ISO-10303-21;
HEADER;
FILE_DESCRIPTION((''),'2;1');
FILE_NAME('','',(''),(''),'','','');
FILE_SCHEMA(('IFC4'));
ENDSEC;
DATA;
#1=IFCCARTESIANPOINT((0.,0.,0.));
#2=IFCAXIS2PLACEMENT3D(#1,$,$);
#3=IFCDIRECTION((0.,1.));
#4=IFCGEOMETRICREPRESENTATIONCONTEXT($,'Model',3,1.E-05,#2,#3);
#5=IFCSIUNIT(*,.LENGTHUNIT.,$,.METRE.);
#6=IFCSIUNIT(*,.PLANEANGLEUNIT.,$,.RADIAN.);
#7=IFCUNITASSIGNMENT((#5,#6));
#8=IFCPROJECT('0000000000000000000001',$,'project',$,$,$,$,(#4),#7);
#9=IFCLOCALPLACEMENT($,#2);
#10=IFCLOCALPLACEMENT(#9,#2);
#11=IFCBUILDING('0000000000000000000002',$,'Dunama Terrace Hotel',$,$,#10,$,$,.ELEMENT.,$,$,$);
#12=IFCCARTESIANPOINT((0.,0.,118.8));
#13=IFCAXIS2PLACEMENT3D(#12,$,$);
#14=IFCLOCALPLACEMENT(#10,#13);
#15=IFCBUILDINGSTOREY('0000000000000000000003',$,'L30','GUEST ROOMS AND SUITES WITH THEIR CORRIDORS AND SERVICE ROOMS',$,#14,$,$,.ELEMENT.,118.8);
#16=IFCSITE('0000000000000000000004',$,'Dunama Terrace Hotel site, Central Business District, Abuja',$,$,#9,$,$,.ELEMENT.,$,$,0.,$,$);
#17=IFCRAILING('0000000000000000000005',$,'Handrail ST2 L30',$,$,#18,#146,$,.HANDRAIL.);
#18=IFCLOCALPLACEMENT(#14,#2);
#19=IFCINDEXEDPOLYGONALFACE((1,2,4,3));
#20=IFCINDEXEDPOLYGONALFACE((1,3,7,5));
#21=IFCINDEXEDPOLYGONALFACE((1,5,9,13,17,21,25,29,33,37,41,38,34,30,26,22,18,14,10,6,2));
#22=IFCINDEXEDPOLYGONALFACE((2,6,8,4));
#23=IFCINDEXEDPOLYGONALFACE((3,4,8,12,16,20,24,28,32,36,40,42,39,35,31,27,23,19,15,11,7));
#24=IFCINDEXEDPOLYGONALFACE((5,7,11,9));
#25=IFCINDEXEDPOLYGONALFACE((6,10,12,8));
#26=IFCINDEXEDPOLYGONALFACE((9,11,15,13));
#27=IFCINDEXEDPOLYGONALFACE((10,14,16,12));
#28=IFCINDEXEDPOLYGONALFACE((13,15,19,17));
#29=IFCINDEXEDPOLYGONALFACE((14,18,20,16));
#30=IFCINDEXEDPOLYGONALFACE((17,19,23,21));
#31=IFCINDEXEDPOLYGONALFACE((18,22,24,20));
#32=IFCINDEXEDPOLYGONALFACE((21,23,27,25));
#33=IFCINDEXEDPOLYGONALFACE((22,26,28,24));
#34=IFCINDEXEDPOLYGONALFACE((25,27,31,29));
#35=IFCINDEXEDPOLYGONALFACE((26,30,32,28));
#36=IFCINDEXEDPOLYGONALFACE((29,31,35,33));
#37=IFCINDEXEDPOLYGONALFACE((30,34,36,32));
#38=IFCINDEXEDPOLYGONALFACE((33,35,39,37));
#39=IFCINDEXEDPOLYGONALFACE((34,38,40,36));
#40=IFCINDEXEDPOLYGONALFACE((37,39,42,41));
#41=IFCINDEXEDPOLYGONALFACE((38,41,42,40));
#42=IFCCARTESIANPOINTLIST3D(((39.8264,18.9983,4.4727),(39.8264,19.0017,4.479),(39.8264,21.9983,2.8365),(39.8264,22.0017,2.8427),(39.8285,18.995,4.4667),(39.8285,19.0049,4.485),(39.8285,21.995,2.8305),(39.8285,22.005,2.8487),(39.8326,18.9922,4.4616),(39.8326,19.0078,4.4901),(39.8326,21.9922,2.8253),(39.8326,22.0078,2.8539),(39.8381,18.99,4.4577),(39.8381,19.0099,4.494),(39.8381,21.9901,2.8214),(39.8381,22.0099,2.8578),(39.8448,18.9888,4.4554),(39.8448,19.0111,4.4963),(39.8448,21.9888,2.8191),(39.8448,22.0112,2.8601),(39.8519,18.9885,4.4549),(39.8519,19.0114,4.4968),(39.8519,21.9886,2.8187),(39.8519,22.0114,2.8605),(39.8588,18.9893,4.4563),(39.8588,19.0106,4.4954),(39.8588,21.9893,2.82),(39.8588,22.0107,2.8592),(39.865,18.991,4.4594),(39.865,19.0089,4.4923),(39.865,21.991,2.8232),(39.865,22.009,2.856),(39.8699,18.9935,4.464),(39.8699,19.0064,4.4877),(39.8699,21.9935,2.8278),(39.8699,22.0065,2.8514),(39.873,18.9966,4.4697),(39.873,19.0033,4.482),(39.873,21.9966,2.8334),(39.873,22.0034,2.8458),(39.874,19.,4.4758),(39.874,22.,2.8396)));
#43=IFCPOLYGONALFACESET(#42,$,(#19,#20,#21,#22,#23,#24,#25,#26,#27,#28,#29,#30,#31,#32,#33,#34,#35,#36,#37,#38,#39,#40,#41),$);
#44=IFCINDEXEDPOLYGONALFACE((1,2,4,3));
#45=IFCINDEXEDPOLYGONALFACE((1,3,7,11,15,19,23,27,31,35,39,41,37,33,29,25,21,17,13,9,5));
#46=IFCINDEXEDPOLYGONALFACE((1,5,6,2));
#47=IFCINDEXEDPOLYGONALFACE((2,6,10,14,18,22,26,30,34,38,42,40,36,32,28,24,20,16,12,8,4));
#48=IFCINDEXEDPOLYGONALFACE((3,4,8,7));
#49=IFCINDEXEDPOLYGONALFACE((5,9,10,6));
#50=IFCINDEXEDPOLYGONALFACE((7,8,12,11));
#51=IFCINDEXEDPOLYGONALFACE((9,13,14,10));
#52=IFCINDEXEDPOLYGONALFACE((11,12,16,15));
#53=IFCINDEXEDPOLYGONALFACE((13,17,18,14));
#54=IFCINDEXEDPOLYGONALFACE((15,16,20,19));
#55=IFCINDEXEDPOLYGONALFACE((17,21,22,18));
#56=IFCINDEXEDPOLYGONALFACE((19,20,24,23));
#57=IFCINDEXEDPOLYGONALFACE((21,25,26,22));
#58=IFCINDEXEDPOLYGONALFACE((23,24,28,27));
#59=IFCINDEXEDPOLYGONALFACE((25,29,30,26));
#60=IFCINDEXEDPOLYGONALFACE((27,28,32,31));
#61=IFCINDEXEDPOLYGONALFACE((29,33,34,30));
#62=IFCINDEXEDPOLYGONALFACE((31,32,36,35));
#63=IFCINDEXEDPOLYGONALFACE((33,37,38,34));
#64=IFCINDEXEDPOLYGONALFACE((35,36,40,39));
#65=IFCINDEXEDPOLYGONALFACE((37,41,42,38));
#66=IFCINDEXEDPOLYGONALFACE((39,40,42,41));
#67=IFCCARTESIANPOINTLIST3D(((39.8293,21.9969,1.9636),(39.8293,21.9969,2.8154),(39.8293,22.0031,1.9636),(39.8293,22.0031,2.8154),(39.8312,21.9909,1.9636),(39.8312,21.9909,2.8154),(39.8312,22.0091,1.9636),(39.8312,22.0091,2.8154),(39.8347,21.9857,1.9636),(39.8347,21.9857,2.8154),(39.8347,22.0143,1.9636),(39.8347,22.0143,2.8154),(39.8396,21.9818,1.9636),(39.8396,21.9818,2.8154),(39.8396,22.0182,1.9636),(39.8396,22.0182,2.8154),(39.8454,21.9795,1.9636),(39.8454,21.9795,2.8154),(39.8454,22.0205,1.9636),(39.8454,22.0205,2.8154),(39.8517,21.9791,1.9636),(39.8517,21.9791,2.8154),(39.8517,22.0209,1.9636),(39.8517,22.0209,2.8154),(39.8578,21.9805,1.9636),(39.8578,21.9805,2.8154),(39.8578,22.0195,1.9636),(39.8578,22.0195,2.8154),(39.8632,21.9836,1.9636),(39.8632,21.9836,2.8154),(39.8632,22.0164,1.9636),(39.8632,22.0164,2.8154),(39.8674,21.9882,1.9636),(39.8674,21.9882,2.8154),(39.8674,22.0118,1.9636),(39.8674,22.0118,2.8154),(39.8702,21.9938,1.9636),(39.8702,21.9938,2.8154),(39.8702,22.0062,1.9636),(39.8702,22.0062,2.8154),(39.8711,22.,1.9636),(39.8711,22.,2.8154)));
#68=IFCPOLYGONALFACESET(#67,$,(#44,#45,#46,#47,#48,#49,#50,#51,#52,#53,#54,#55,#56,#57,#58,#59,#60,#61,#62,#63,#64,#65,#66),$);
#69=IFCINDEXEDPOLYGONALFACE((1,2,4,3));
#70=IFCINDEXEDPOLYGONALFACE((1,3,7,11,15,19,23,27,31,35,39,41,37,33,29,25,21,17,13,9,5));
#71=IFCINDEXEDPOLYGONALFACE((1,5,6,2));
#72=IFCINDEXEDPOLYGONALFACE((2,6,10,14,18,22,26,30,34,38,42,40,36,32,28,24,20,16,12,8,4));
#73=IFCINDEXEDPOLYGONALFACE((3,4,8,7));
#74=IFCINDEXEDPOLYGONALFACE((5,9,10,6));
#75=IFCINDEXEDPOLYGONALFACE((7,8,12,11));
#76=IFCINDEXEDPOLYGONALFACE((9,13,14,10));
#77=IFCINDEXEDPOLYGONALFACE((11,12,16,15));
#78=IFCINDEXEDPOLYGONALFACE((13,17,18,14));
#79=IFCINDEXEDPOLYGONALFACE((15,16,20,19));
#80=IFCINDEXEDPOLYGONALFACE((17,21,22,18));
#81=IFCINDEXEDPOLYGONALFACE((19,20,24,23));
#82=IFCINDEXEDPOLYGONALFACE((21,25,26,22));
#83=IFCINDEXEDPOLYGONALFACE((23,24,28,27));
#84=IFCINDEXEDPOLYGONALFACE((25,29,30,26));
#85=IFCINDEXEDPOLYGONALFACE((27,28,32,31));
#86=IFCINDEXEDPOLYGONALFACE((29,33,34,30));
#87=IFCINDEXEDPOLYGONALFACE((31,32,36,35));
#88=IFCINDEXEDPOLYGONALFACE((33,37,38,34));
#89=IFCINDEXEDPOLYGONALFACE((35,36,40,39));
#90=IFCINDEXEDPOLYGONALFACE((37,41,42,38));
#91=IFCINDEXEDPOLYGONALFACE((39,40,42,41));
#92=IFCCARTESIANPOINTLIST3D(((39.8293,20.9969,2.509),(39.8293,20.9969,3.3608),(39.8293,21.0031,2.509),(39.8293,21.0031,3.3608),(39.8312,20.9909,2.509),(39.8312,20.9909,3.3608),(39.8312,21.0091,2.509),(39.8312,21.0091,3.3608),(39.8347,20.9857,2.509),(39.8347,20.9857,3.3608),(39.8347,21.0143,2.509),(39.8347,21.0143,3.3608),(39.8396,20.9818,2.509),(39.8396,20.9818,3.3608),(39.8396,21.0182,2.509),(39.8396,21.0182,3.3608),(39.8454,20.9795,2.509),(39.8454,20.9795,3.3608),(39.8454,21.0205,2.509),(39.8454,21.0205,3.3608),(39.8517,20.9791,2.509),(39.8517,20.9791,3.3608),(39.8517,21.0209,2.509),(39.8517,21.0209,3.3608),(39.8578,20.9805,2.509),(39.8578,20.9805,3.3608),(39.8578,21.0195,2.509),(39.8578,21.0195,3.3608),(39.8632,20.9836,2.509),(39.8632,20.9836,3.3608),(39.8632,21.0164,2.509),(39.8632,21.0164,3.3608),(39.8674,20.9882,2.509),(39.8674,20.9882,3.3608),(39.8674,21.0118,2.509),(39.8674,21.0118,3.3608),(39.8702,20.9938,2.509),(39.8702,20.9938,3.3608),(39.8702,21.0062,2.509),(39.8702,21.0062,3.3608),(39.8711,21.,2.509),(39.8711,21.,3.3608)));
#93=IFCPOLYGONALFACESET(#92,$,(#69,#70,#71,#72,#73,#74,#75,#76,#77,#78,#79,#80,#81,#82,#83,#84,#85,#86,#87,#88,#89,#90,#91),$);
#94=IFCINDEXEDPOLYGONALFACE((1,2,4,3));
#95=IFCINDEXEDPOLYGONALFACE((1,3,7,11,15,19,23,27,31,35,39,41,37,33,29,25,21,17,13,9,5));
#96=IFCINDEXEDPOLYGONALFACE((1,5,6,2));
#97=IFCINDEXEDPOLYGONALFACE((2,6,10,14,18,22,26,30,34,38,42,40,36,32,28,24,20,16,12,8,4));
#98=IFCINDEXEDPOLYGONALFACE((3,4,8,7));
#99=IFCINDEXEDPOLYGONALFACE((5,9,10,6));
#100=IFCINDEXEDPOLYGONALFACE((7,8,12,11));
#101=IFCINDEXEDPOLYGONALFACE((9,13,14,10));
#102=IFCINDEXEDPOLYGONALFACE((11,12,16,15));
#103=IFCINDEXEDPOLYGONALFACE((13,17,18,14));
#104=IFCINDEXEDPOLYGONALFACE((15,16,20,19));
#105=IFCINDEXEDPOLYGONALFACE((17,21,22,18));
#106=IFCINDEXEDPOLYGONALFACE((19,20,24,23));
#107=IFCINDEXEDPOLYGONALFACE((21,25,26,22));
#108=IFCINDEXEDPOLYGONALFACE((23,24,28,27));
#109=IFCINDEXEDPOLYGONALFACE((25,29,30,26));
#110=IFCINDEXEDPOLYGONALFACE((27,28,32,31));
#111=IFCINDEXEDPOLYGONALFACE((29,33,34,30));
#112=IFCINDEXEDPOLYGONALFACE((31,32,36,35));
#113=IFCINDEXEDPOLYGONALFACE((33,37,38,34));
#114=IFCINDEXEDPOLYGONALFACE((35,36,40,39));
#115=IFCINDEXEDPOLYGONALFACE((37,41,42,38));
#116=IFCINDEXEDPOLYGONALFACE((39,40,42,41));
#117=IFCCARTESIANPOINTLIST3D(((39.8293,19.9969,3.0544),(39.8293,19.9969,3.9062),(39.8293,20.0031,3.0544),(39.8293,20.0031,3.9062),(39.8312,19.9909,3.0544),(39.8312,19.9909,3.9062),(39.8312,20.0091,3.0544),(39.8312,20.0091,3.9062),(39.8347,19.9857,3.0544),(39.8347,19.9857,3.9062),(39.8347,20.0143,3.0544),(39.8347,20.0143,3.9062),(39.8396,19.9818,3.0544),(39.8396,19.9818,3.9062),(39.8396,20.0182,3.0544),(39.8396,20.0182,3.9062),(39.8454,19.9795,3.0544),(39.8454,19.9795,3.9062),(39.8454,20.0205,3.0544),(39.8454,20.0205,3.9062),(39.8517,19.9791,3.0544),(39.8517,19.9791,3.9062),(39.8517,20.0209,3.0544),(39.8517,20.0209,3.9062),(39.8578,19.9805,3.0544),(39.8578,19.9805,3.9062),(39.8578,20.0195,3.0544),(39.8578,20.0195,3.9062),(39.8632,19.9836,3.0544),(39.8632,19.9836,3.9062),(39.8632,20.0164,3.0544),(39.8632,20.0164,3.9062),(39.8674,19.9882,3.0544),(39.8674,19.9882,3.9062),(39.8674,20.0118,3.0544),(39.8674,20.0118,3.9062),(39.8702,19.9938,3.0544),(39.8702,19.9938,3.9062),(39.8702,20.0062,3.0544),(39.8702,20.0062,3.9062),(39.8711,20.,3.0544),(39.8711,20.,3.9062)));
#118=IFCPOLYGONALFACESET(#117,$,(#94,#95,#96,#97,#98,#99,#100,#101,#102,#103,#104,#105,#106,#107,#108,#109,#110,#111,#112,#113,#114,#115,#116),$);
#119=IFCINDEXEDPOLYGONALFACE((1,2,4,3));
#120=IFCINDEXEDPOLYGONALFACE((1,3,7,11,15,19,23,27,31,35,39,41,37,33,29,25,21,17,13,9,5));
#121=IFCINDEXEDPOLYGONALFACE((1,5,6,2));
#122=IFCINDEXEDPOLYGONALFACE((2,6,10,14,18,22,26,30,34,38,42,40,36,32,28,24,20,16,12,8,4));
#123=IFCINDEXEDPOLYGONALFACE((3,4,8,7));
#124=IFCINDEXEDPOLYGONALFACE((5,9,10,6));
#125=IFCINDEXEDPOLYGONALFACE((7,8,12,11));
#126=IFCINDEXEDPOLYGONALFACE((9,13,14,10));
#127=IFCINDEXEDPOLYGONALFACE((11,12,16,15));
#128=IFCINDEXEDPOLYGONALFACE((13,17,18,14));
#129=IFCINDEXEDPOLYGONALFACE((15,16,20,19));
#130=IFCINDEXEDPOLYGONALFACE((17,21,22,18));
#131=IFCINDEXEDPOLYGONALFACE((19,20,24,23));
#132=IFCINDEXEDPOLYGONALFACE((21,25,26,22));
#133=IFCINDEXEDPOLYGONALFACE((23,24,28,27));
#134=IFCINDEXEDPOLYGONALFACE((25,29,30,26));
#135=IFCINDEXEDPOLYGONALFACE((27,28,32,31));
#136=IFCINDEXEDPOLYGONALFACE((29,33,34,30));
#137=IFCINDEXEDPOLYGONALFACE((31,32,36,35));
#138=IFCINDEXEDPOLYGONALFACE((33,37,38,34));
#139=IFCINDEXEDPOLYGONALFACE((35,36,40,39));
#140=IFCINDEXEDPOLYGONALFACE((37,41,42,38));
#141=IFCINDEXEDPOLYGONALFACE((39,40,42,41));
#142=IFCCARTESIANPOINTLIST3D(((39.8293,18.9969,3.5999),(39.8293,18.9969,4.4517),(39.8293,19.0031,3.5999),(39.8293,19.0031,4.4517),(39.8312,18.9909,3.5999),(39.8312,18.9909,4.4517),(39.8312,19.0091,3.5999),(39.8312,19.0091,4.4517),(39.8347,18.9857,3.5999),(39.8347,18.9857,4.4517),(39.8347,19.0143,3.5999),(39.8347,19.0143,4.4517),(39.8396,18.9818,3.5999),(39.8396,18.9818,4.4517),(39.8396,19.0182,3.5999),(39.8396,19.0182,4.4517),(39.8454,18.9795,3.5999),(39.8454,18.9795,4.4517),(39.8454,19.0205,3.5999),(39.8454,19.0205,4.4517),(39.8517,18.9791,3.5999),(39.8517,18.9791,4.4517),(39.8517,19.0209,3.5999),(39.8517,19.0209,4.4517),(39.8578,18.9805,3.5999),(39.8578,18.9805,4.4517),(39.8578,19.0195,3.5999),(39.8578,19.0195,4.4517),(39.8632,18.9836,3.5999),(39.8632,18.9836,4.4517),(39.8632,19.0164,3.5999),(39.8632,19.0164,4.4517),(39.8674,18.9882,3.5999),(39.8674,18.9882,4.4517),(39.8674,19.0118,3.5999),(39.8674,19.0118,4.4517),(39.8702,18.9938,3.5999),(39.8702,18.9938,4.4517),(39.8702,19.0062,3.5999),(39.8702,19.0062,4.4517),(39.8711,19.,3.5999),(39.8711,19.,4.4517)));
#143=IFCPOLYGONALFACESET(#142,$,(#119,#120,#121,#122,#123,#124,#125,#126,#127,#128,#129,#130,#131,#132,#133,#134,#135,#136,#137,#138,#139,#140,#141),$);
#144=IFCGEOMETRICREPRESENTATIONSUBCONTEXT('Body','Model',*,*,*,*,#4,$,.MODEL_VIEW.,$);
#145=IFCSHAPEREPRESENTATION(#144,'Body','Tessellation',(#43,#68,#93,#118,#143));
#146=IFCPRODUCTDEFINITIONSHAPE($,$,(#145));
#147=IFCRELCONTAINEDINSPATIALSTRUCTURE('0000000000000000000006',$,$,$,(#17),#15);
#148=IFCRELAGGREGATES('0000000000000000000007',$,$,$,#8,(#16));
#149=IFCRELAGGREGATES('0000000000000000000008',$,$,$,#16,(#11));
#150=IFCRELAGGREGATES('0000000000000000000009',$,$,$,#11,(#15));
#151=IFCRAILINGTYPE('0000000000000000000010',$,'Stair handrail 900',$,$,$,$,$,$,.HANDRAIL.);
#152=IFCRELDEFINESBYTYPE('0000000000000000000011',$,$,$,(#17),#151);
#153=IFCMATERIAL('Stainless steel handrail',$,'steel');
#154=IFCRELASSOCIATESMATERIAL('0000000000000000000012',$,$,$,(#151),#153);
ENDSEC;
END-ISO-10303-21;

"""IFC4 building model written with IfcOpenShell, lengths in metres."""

from ifc_helpers import new_model, si_unit, direction, frame, origin, origin_2d, place, context, subcontext, project, spatial, circle, extrude, material, type_object, element, save


model = new_model("IFC4")

# Units and contexts
model_context = context("Model", 3, precision=1e-05, world=origin(), true_north=direction((0.0, 1.0)))
body_context = subcontext(model_context, "Body", "Model", "MODEL_VIEW")
ifc_project = project(units=[si_unit("LENGTHUNIT", "METRE"), si_unit("PLANEANGLEUNIT", "RADIAN")], contexts=[model_context])

# Site, building, storey
site_placement = place(None, origin())
site = spatial("IfcSite", under=ifc_project, at=site_placement, Name="Dunama Terrace Hotel site, Central Business District, Abuja", CompositionType="ELEMENT", RefElevation=0.0)
building_placement = place(site_placement, origin())
building = spatial("IfcBuilding", under=site, at=building_placement, Name="Dunama Terrace Hotel", CompositionType="ELEMENT")
storey_placement = place(building_placement, frame((0.0, 0.0, 118.8)))
storey = spatial("IfcBuildingStorey", under=building, at=storey_placement, Name="L30", Description="GUEST ROOMS AND SUITES WITH THEIR CORRIDORS AND SERVICE ROOMS", CompositionType="ELEMENT", Elevation=118.8)

# Railing
ifc_material_1 = material(Name="Stainless steel handrail", Category="steel")
railing_type = type_object("IfcRailingType", Name="Stair handrail 900", PredefinedType="HANDRAIL", material=ifc_material_1)
railing_1_placement = place(storey_placement, frame((39.8501, 22.0, 1.9636)))
element("IfcRailing", 1, at=railing_1_placement, inside=storey, type_object=railing_type, Name="Handrail ST2 L30", PredefinedType="HANDRAIL", context=body_context, shape_type="SweptSolid", body=[
    extrude(circle(Radius=0.0239, at=origin_2d()), frame((0.0, 0.0, 0.876), z_axis=(0.0, -0.877912, 0.478822), x_axis=(1.0, 0.0, 0.0)), (0.0, 0.0, 1.0), 3.4172),
    extrude(circle(Radius=0.021, at=origin_2d()), origin(), (0.0, 0.0, 1.0), 0.8518),
    extrude(circle(Radius=0.021, at=origin_2d()), frame((0.0, -1.0, 0.5454)), (0.0, 0.0, 1.0), 0.8518),
    extrude(circle(Radius=0.021, at=origin_2d()), frame((0.0, -2.0, 1.0908)), (0.0, 0.0, 1.0), 0.8518),
    extrude(circle(Radius=0.021, at=origin_2d()), frame((0.0, -3.0, 1.6362)), (0.0, 0.0, 1.0), 0.8518),
])

save(model, "model.ifc")
